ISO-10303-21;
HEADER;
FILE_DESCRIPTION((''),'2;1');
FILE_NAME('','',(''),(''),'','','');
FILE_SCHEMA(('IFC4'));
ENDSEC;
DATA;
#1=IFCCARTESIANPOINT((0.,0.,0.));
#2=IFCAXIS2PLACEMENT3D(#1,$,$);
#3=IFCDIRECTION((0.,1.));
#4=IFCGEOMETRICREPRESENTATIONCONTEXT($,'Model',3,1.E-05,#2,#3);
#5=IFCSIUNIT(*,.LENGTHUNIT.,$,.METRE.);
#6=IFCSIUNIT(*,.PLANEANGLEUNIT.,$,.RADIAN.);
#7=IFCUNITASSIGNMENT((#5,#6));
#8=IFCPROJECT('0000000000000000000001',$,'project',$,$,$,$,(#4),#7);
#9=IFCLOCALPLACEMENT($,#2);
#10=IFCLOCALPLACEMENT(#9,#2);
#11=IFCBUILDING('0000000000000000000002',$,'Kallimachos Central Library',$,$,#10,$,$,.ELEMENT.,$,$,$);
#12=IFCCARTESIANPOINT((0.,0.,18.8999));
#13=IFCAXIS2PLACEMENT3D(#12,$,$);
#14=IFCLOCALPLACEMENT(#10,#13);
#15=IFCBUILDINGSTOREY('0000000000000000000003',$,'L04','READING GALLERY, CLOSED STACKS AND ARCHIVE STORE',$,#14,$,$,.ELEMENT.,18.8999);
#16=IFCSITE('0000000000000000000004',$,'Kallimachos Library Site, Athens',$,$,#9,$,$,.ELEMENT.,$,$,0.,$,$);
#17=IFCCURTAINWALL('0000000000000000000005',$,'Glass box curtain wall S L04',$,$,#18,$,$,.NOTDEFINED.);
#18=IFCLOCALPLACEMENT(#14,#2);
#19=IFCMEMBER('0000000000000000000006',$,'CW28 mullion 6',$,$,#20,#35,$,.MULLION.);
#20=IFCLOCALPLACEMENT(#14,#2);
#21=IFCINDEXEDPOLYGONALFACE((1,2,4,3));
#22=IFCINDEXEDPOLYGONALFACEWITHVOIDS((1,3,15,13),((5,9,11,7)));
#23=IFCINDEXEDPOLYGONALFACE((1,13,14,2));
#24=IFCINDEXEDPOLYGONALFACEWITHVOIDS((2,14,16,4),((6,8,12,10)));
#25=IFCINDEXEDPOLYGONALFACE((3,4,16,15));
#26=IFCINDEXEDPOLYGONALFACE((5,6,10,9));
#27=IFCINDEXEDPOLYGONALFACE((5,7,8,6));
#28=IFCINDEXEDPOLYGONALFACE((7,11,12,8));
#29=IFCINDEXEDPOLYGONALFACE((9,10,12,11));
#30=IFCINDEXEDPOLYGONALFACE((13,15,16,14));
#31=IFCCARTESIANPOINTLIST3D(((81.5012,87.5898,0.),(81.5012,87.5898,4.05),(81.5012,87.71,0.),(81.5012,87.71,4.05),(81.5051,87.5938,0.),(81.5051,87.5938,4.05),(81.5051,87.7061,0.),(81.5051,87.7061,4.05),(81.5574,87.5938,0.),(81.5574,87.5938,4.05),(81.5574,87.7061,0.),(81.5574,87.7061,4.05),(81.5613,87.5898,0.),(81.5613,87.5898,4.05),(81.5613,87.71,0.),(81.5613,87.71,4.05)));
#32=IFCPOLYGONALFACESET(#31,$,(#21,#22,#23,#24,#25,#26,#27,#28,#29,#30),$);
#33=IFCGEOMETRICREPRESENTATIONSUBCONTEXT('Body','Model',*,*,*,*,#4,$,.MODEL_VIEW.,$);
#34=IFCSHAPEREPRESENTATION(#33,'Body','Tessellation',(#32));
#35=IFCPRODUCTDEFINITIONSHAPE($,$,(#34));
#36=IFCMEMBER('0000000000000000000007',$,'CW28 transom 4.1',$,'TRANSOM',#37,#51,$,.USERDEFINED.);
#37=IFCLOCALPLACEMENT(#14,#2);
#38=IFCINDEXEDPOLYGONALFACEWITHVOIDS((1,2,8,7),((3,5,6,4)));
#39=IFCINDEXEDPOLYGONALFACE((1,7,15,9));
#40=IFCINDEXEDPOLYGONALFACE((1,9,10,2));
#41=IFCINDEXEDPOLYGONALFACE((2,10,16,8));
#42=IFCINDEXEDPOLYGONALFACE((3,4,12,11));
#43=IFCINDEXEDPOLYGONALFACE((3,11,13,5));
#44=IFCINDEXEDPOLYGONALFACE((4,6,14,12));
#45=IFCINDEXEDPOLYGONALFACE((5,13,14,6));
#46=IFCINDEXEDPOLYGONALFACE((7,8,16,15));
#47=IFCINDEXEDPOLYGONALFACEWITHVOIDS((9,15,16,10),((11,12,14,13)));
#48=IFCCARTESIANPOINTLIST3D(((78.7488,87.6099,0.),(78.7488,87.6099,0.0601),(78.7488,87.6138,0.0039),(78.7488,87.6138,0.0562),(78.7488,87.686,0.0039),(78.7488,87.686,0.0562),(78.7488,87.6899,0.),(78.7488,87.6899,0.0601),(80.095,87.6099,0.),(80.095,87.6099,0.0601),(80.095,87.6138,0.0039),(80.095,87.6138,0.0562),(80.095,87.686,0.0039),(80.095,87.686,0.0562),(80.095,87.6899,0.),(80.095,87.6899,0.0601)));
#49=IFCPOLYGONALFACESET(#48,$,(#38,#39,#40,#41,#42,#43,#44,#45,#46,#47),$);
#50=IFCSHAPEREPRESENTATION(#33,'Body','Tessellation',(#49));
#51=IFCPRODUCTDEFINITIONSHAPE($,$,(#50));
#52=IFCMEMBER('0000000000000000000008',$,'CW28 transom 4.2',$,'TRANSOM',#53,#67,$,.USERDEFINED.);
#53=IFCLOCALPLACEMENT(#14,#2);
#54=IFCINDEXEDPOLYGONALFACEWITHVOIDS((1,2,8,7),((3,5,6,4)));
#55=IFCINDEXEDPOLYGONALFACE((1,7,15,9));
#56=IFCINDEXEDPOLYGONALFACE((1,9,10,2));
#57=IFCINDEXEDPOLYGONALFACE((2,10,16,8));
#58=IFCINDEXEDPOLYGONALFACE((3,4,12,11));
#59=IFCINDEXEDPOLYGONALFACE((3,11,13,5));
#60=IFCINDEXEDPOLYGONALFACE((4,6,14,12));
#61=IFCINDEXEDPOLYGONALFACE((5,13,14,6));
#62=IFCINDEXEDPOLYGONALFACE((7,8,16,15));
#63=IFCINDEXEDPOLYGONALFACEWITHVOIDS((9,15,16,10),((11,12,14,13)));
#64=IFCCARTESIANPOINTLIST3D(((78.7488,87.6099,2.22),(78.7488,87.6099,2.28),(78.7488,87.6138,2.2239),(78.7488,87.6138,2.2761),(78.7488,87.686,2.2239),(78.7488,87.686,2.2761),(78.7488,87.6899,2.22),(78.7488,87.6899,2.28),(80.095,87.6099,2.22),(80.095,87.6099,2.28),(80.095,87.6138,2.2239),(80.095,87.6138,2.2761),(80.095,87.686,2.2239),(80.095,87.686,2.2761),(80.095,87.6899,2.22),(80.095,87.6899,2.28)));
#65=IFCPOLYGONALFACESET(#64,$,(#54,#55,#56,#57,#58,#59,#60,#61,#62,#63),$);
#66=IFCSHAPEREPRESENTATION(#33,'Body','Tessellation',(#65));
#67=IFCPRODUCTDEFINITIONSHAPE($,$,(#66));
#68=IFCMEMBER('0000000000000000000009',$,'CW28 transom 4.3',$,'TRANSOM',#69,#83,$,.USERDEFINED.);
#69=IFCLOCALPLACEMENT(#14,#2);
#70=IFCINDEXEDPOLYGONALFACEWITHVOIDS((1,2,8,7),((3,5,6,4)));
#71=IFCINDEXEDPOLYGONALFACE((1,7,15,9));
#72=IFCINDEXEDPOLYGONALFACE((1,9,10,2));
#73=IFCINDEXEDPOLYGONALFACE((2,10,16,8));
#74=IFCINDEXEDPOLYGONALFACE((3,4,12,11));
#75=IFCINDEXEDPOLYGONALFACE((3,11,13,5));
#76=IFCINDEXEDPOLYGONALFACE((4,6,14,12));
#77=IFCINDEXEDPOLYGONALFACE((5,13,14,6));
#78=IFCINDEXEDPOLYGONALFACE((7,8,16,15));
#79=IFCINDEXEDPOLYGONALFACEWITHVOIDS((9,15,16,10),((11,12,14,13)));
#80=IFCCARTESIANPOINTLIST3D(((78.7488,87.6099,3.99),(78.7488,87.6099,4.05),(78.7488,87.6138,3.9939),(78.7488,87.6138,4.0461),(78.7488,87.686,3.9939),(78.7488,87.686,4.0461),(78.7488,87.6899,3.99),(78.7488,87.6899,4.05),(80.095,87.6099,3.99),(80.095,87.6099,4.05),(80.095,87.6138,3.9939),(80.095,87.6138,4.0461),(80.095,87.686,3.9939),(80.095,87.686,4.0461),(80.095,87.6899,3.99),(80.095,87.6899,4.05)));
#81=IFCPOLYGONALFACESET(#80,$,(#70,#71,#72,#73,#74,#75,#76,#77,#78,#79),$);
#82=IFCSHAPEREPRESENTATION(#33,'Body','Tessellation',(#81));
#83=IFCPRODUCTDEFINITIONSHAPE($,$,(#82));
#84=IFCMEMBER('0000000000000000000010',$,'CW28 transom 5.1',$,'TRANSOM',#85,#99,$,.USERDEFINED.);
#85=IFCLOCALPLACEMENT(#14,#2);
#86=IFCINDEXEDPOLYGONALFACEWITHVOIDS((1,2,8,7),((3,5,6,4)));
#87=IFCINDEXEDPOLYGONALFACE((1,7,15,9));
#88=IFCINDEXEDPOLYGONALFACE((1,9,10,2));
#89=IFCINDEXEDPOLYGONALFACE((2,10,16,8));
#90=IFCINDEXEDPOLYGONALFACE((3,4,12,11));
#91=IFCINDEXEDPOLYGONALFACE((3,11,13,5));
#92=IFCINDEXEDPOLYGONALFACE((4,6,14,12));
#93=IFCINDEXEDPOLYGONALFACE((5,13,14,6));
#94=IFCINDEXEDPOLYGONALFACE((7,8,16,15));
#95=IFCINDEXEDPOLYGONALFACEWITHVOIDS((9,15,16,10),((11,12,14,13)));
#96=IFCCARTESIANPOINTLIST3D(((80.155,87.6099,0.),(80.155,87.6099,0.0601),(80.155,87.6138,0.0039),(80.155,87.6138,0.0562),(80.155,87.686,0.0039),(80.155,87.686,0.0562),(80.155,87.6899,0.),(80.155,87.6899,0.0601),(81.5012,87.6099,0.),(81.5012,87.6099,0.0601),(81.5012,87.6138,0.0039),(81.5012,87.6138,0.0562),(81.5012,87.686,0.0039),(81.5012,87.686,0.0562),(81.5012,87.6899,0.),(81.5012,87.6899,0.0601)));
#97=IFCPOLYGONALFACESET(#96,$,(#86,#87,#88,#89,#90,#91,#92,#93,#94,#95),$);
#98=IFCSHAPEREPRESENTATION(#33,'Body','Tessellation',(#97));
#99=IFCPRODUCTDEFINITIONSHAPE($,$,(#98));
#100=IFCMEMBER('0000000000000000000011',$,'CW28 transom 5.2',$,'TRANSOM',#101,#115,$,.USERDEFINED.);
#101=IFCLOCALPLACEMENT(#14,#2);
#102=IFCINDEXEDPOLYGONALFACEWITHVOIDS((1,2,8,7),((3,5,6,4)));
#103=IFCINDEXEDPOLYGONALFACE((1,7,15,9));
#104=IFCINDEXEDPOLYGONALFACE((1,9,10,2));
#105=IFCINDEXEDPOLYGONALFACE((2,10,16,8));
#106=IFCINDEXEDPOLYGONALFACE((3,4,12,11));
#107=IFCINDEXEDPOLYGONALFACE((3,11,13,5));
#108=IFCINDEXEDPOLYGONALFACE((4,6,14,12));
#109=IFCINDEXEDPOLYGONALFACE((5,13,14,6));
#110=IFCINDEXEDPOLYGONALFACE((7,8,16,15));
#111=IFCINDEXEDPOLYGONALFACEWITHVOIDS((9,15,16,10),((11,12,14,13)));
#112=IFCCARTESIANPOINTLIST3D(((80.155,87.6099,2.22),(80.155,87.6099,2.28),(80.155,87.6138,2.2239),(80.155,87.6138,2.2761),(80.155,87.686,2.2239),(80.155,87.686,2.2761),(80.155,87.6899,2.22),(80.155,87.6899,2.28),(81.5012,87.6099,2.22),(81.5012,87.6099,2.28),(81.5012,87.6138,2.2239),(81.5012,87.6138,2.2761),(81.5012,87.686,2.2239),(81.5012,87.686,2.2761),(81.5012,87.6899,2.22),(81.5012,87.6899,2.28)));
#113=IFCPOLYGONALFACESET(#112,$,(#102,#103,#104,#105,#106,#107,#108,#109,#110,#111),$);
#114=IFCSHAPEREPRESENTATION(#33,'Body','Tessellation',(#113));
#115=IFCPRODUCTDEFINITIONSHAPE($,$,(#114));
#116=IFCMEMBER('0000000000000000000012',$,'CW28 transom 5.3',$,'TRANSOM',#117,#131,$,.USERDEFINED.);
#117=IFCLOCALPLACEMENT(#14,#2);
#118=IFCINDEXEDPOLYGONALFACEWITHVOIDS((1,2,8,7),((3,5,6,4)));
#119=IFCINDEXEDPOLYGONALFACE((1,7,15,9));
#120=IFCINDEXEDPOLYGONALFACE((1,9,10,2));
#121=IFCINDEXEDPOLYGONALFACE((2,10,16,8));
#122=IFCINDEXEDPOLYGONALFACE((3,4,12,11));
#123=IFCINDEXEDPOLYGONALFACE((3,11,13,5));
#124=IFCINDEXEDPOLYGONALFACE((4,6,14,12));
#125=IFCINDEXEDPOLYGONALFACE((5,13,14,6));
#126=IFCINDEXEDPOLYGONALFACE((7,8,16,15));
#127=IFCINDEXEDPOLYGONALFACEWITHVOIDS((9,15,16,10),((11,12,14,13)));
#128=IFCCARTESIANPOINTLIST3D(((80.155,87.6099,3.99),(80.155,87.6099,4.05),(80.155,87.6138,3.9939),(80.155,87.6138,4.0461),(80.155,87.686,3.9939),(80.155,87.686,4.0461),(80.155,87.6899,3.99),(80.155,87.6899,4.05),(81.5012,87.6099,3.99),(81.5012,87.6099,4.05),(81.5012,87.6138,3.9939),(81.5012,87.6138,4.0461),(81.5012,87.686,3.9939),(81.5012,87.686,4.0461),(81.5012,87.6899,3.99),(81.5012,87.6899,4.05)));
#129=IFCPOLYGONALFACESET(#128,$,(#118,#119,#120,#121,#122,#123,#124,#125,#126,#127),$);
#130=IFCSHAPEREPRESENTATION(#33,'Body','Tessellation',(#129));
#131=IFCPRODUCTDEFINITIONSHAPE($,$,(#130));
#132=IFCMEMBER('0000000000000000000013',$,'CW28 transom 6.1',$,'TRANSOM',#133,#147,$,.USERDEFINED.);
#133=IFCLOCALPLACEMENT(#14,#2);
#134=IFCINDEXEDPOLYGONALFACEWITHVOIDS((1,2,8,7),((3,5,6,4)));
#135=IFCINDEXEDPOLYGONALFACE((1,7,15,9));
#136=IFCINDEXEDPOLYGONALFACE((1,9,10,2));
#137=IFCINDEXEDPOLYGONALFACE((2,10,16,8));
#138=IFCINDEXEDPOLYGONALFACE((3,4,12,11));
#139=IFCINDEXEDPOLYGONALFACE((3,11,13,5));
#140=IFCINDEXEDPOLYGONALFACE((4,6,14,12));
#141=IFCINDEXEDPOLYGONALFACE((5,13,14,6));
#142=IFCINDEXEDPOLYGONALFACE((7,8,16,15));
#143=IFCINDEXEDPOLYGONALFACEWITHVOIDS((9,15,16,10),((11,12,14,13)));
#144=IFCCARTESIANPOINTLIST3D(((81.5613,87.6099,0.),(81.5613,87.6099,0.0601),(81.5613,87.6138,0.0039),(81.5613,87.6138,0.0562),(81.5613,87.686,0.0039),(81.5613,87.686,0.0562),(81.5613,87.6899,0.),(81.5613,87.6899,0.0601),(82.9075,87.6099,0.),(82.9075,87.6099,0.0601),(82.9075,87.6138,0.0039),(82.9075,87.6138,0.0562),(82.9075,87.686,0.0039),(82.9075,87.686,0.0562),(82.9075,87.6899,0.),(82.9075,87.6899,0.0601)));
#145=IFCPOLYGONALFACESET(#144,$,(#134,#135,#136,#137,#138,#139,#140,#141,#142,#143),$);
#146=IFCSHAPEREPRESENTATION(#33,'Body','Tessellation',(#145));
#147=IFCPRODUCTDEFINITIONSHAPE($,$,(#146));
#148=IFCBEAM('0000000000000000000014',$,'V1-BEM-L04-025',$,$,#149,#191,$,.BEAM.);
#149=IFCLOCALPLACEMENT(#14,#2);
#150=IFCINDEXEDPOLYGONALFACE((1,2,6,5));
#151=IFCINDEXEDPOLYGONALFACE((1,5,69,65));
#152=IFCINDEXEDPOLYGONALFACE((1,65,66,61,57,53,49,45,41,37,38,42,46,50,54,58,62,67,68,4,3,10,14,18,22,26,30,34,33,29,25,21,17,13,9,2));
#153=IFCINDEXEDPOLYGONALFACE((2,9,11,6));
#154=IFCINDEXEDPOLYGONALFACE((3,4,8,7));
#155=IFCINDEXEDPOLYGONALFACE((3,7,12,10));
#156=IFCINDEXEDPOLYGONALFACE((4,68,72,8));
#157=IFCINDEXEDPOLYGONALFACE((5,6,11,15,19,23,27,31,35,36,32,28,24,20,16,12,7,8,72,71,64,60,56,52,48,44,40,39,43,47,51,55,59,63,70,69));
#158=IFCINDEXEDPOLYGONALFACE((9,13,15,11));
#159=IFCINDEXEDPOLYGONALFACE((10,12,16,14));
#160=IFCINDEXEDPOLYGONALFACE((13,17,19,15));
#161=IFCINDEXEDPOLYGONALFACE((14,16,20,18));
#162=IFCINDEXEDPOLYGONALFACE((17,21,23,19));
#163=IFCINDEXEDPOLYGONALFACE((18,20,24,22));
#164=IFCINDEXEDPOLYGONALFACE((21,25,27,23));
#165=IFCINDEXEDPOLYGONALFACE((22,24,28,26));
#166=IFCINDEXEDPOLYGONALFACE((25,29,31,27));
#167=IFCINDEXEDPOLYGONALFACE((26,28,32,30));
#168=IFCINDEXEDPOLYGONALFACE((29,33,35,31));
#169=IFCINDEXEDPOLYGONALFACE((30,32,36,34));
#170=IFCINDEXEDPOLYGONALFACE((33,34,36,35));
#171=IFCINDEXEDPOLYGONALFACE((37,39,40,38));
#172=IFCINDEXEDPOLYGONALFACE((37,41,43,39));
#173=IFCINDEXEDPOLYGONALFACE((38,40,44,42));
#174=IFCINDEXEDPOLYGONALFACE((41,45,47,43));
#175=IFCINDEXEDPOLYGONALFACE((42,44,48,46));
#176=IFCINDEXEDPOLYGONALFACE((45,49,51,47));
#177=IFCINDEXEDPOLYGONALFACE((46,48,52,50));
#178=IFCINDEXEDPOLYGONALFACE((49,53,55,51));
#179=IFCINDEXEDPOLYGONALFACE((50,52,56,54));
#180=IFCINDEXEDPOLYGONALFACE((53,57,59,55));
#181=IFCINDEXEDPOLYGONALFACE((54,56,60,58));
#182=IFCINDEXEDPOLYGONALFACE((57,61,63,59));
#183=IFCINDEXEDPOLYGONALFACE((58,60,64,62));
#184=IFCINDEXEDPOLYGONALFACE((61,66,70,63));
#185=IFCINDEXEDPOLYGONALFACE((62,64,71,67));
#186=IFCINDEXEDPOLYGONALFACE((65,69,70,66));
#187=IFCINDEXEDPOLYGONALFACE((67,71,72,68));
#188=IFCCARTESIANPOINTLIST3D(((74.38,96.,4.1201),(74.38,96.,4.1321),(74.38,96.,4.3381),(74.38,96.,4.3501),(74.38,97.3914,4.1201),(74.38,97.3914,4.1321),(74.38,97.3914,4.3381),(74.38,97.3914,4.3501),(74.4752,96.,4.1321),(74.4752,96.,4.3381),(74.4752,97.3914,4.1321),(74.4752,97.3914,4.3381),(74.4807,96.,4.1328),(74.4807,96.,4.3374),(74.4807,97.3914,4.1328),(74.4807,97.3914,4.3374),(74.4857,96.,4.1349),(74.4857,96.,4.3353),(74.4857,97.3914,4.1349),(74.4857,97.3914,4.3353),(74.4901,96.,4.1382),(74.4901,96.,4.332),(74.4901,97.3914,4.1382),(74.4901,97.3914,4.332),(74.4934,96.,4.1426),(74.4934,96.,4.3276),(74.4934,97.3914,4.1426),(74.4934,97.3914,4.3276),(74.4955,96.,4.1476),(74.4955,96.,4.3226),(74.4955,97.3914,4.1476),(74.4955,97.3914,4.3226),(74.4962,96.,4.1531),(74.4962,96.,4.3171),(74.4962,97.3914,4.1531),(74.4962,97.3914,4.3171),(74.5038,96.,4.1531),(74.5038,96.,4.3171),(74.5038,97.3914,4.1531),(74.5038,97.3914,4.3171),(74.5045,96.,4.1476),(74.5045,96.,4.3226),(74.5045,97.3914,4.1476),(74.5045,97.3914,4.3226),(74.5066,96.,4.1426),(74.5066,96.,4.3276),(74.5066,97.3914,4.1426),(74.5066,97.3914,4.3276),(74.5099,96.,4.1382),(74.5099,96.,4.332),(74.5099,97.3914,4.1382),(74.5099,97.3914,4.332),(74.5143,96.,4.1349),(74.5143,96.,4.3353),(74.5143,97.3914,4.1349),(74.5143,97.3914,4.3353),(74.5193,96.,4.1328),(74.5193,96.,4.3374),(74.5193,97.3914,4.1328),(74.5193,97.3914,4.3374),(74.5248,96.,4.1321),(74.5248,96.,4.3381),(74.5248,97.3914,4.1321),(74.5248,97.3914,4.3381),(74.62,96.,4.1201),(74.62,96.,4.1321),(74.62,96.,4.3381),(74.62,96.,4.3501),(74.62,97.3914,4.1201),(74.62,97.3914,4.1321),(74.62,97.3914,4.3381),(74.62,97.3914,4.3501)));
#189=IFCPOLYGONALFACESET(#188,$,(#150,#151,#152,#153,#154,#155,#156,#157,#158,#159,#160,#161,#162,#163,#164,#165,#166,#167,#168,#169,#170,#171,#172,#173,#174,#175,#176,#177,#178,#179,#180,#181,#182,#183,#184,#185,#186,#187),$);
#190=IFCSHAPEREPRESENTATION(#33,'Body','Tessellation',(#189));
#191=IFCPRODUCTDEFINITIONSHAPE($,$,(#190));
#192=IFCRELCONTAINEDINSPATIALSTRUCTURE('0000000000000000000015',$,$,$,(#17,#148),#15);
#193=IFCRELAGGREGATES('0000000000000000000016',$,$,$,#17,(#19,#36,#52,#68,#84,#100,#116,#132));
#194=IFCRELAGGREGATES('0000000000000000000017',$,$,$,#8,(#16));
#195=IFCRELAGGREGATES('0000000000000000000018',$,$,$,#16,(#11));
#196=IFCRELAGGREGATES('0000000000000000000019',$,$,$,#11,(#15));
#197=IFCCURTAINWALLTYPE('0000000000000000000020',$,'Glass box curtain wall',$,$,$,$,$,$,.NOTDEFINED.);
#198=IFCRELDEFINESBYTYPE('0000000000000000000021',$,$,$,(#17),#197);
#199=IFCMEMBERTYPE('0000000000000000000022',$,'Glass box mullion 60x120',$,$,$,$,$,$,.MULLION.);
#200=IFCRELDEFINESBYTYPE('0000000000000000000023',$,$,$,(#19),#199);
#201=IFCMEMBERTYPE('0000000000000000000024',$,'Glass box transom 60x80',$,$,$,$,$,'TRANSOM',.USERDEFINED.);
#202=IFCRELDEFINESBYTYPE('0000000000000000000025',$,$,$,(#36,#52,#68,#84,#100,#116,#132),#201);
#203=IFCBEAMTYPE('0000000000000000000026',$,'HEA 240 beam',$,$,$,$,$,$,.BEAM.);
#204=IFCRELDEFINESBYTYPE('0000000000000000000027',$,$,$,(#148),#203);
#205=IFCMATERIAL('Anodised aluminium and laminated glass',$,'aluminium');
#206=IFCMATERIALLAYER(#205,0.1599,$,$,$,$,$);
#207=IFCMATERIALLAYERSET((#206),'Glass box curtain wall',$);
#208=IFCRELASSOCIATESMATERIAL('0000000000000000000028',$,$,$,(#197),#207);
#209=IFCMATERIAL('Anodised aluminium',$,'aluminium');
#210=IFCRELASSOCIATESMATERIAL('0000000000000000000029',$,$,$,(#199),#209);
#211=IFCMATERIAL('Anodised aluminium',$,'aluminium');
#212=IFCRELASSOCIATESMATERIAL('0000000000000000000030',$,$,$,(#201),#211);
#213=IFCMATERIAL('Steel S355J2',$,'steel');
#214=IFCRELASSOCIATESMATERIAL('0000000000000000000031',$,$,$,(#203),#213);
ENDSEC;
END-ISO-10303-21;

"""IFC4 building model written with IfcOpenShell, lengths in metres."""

from ifc_helpers import new_model, si_unit, direction, frame, origin, origin_2d, place, context, subcontext, project, spatial, hollow_rectangle, i_section, extrude, material, layer, layer_set, material_profile, profile_set, type_object, element, aggregate, save


model = new_model("IFC4")

# Units and contexts
model_context = context("Model", 3, precision=1e-05, world=origin(), true_north=direction((0.0, 1.0)))
body_context = subcontext(model_context, "Body", "Model", "MODEL_VIEW")
ifc_project = project(units=[si_unit("LENGTHUNIT", "METRE"), si_unit("PLANEANGLEUNIT", "RADIAN")], contexts=[model_context])

# Site, building, storey
site_placement = place(None, origin())
site = spatial("IfcSite", under=ifc_project, at=site_placement, Name="Kallimachos Library Site, Athens", CompositionType="ELEMENT", RefElevation=0.0)
building_placement = place(site_placement, origin())
building = spatial("IfcBuilding", under=site, at=building_placement, Name="Kallimachos Central Library", CompositionType="ELEMENT")
storey_placement = place(building_placement, frame((0.0, 0.0, 18.8999)))
storey = spatial("IfcBuildingStorey", under=building, at=storey_placement, Name="L04", Description="READING GALLERY, CLOSED STACKS AND ARCHIVE STORE", CompositionType="ELEMENT", Elevation=18.8999)

# Curtain wall, members
ifc_material_1 = material(Name="Anodised aluminium and laminated glass", Category="aluminium")
ifc_layer_1 = layer(ifc_material_1, 0.1599)
ifc_layer_set_1 = layer_set([ifc_layer_1], Name="Glass box curtain wall")
curtain_wall_type = type_object("IfcCurtainWallType", Name="Glass box curtain wall", PredefinedType="NOTDEFINED", material=ifc_layer_set_1)
curtain_wall_placement = place(storey_placement, origin())
curtain_wall = element("IfcCurtainWall", 1, at=curtain_wall_placement, inside=storey, type_object=curtain_wall_type, Name="Glass box curtain wall S L04", PredefinedType="NOTDEFINED")
ifc_material_2 = material(Name="Anodised aluminium", Category="aluminium")
ifc_material_profile_1 = material_profile(ifc_material_2, hollow_rectangle(XDim=0.0601, YDim=0.1201, WallThickness=0.0039, at=origin_2d()), Name="ALU MULLION 60x120")
ifc_profile_set_1 = profile_set([ifc_material_profile_1], Name="Anodised aluminium")
member_type_1 = type_object("IfcMemberType", Name="Glass box mullion 60x120", PredefinedType="MULLION", material=ifc_profile_set_1)
member_1_placement = place(storey_placement, frame((81.5312, 87.6499, 0.0), z_axis=(0.0, 0.0, 1.0), x_axis=(1.0, 0.0, 0.0)))
member_1 = element("IfcMember", 2, at=member_1_placement, type_object=member_type_1, Name="CW28 mullion 6", PredefinedType="MULLION", context=body_context, shape_type="SweptSolid", body=[
    extrude(hollow_rectangle(XDim=0.0601, YDim=0.1201, WallThickness=0.0039, at=origin_2d()), origin(), (0.0, 0.0, 1.0), 4.05),
])
ifc_material_3 = material(Name="Anodised aluminium", Category="aluminium")
ifc_material_profile_2 = material_profile(ifc_material_3, hollow_rectangle(XDim=0.0601, YDim=0.0801, WallThickness=0.0039, at=origin_2d()), Name="ALU TRANSOM 60x80")
ifc_profile_set_2 = profile_set([ifc_material_profile_2], Name="Anodised aluminium")
member_type_2 = type_object("IfcMemberType", Name="Glass box transom 60x80", ElementType="TRANSOM", PredefinedType="USERDEFINED", material=ifc_profile_set_2)
member_2_placement = place(storey_placement, frame((78.7488, 87.6499, 0.03), z_axis=(1.0, 0.0, 0.0), x_axis=(0.0, 0.0, 1.0)))
member_2 = element("IfcMember", 3, at=member_2_placement, type_object=member_type_2, Name="CW28 transom 4.1", ObjectType="TRANSOM", PredefinedType="USERDEFINED", context=body_context, shape_type="SweptSolid", body=[
    extrude(hollow_rectangle(XDim=0.0601, YDim=0.0801, WallThickness=0.0039, at=origin_2d()), origin(), (0.0, 0.0, 1.0), 1.3462),
])
member_3_placement = place(storey_placement, frame((78.7488, 87.6499, 2.25), z_axis=(1.0, 0.0, 0.0), x_axis=(0.0, 0.0, 1.0)))
member_3 = element("IfcMember", 4, at=member_3_placement, type_object=member_type_2, Name="CW28 transom 4.2", ObjectType="TRANSOM", PredefinedType="USERDEFINED", context=body_context, shape_type="SweptSolid", body=[
    extrude(hollow_rectangle(XDim=0.0601, YDim=0.0801, WallThickness=0.0039, at=origin_2d()), origin(), (0.0, 0.0, 1.0), 1.3462),
])
member_4_placement = place(storey_placement, frame((78.7488, 87.6499, 4.02), z_axis=(1.0, 0.0, 0.0), x_axis=(0.0, 0.0, 1.0)))
member_4 = element("IfcMember", 5, at=member_4_placement, type_object=member_type_2, Name="CW28 transom 4.3", ObjectType="TRANSOM", PredefinedType="USERDEFINED", context=body_context, shape_type="SweptSolid", body=[
    extrude(hollow_rectangle(XDim=0.0601, YDim=0.0801, WallThickness=0.0039, at=origin_2d()), origin(), (0.0, 0.0, 1.0), 1.3462),
])
member_5_placement = place(storey_placement, frame((80.155, 87.6499, 0.03), z_axis=(1.0, 0.0, 0.0), x_axis=(0.0, 0.0, 1.0)))
member_5 = element("IfcMember", 6, at=member_5_placement, type_object=member_type_2, Name="CW28 transom 5.1", ObjectType="TRANSOM", PredefinedType="USERDEFINED", context=body_context, shape_type="SweptSolid", body=[
    extrude(hollow_rectangle(XDim=0.0601, YDim=0.0801, WallThickness=0.0039, at=origin_2d()), origin(), (0.0, 0.0, 1.0), 1.3462),
])
member_6_placement = place(storey_placement, frame((80.155, 87.6499, 2.25), z_axis=(1.0, 0.0, 0.0), x_axis=(0.0, 0.0, 1.0)))
member_6 = element("IfcMember", 7, at=member_6_placement, type_object=member_type_2, Name="CW28 transom 5.2", ObjectType="TRANSOM", PredefinedType="USERDEFINED", context=body_context, shape_type="SweptSolid", body=[
    extrude(hollow_rectangle(XDim=0.0601, YDim=0.0801, WallThickness=0.0039, at=origin_2d()), origin(), (0.0, 0.0, 1.0), 1.3462),
])
member_7_placement = place(storey_placement, frame((80.155, 87.6499, 4.02), z_axis=(1.0, 0.0, 0.0), x_axis=(0.0, 0.0, 1.0)))
member_7 = element("IfcMember", 8, at=member_7_placement, type_object=member_type_2, Name="CW28 transom 5.3", ObjectType="TRANSOM", PredefinedType="USERDEFINED", context=body_context, shape_type="SweptSolid", body=[
    extrude(hollow_rectangle(XDim=0.0601, YDim=0.0801, WallThickness=0.0039, at=origin_2d()), origin(), (0.0, 0.0, 1.0), 1.3462),
])
member_8_placement = place(storey_placement, frame((81.5613, 87.6499, 0.03), z_axis=(1.0, 0.0, 0.0), x_axis=(0.0, 0.0, 1.0)))
member_8 = element("IfcMember", 9, at=member_8_placement, type_object=member_type_2, Name="CW28 transom 6.1", ObjectType="TRANSOM", PredefinedType="USERDEFINED", context=body_context, shape_type="SweptSolid", body=[
    extrude(hollow_rectangle(XDim=0.0601, YDim=0.0801, WallThickness=0.0039, at=origin_2d()), origin(), (0.0, 0.0, 1.0), 1.3462),
])

# Beam
ifc_material_4 = material(Name="Steel S355J2", Category="steel")
ifc_material_profile_3 = material_profile(ifc_material_4, i_section(OverallWidth=0.24, OverallDepth=0.23, WebThickness=0.0076, FlangeThickness=0.012, FilletRadius=0.021, at=origin_2d()), Name="HEA 240")
ifc_profile_set_3 = profile_set([ifc_material_profile_3], Name="Steel S355J2")
beam_type_1 = type_object("IfcBeamType", Name="HEA 240 beam", PredefinedType="BEAM", material=ifc_profile_set_3)
beam_1_placement = place(storey_placement, frame((74.5, 96.0, 4.2351), z_axis=(0.0, 1.0, 0.0), x_axis=(-1.0, 0.0, 0.0)))
element("IfcBeam", 10, at=beam_1_placement, inside=storey, type_object=beam_type_1, Name="V1-BEM-L04-025", PredefinedType="BEAM", context=body_context, shape_type="SweptSolid", body=[
    extrude(i_section(OverallWidth=0.24, OverallDepth=0.23, WebThickness=0.0076, FlangeThickness=0.012, FilletRadius=0.021, at=origin_2d()), origin(), (0.0, 0.0, 1.0), 1.3914),
])

aggregate(curtain_wall, [member_1, member_2, member_3, member_4, member_5, member_6, member_7, member_8])

save(model, "model.ifc")
